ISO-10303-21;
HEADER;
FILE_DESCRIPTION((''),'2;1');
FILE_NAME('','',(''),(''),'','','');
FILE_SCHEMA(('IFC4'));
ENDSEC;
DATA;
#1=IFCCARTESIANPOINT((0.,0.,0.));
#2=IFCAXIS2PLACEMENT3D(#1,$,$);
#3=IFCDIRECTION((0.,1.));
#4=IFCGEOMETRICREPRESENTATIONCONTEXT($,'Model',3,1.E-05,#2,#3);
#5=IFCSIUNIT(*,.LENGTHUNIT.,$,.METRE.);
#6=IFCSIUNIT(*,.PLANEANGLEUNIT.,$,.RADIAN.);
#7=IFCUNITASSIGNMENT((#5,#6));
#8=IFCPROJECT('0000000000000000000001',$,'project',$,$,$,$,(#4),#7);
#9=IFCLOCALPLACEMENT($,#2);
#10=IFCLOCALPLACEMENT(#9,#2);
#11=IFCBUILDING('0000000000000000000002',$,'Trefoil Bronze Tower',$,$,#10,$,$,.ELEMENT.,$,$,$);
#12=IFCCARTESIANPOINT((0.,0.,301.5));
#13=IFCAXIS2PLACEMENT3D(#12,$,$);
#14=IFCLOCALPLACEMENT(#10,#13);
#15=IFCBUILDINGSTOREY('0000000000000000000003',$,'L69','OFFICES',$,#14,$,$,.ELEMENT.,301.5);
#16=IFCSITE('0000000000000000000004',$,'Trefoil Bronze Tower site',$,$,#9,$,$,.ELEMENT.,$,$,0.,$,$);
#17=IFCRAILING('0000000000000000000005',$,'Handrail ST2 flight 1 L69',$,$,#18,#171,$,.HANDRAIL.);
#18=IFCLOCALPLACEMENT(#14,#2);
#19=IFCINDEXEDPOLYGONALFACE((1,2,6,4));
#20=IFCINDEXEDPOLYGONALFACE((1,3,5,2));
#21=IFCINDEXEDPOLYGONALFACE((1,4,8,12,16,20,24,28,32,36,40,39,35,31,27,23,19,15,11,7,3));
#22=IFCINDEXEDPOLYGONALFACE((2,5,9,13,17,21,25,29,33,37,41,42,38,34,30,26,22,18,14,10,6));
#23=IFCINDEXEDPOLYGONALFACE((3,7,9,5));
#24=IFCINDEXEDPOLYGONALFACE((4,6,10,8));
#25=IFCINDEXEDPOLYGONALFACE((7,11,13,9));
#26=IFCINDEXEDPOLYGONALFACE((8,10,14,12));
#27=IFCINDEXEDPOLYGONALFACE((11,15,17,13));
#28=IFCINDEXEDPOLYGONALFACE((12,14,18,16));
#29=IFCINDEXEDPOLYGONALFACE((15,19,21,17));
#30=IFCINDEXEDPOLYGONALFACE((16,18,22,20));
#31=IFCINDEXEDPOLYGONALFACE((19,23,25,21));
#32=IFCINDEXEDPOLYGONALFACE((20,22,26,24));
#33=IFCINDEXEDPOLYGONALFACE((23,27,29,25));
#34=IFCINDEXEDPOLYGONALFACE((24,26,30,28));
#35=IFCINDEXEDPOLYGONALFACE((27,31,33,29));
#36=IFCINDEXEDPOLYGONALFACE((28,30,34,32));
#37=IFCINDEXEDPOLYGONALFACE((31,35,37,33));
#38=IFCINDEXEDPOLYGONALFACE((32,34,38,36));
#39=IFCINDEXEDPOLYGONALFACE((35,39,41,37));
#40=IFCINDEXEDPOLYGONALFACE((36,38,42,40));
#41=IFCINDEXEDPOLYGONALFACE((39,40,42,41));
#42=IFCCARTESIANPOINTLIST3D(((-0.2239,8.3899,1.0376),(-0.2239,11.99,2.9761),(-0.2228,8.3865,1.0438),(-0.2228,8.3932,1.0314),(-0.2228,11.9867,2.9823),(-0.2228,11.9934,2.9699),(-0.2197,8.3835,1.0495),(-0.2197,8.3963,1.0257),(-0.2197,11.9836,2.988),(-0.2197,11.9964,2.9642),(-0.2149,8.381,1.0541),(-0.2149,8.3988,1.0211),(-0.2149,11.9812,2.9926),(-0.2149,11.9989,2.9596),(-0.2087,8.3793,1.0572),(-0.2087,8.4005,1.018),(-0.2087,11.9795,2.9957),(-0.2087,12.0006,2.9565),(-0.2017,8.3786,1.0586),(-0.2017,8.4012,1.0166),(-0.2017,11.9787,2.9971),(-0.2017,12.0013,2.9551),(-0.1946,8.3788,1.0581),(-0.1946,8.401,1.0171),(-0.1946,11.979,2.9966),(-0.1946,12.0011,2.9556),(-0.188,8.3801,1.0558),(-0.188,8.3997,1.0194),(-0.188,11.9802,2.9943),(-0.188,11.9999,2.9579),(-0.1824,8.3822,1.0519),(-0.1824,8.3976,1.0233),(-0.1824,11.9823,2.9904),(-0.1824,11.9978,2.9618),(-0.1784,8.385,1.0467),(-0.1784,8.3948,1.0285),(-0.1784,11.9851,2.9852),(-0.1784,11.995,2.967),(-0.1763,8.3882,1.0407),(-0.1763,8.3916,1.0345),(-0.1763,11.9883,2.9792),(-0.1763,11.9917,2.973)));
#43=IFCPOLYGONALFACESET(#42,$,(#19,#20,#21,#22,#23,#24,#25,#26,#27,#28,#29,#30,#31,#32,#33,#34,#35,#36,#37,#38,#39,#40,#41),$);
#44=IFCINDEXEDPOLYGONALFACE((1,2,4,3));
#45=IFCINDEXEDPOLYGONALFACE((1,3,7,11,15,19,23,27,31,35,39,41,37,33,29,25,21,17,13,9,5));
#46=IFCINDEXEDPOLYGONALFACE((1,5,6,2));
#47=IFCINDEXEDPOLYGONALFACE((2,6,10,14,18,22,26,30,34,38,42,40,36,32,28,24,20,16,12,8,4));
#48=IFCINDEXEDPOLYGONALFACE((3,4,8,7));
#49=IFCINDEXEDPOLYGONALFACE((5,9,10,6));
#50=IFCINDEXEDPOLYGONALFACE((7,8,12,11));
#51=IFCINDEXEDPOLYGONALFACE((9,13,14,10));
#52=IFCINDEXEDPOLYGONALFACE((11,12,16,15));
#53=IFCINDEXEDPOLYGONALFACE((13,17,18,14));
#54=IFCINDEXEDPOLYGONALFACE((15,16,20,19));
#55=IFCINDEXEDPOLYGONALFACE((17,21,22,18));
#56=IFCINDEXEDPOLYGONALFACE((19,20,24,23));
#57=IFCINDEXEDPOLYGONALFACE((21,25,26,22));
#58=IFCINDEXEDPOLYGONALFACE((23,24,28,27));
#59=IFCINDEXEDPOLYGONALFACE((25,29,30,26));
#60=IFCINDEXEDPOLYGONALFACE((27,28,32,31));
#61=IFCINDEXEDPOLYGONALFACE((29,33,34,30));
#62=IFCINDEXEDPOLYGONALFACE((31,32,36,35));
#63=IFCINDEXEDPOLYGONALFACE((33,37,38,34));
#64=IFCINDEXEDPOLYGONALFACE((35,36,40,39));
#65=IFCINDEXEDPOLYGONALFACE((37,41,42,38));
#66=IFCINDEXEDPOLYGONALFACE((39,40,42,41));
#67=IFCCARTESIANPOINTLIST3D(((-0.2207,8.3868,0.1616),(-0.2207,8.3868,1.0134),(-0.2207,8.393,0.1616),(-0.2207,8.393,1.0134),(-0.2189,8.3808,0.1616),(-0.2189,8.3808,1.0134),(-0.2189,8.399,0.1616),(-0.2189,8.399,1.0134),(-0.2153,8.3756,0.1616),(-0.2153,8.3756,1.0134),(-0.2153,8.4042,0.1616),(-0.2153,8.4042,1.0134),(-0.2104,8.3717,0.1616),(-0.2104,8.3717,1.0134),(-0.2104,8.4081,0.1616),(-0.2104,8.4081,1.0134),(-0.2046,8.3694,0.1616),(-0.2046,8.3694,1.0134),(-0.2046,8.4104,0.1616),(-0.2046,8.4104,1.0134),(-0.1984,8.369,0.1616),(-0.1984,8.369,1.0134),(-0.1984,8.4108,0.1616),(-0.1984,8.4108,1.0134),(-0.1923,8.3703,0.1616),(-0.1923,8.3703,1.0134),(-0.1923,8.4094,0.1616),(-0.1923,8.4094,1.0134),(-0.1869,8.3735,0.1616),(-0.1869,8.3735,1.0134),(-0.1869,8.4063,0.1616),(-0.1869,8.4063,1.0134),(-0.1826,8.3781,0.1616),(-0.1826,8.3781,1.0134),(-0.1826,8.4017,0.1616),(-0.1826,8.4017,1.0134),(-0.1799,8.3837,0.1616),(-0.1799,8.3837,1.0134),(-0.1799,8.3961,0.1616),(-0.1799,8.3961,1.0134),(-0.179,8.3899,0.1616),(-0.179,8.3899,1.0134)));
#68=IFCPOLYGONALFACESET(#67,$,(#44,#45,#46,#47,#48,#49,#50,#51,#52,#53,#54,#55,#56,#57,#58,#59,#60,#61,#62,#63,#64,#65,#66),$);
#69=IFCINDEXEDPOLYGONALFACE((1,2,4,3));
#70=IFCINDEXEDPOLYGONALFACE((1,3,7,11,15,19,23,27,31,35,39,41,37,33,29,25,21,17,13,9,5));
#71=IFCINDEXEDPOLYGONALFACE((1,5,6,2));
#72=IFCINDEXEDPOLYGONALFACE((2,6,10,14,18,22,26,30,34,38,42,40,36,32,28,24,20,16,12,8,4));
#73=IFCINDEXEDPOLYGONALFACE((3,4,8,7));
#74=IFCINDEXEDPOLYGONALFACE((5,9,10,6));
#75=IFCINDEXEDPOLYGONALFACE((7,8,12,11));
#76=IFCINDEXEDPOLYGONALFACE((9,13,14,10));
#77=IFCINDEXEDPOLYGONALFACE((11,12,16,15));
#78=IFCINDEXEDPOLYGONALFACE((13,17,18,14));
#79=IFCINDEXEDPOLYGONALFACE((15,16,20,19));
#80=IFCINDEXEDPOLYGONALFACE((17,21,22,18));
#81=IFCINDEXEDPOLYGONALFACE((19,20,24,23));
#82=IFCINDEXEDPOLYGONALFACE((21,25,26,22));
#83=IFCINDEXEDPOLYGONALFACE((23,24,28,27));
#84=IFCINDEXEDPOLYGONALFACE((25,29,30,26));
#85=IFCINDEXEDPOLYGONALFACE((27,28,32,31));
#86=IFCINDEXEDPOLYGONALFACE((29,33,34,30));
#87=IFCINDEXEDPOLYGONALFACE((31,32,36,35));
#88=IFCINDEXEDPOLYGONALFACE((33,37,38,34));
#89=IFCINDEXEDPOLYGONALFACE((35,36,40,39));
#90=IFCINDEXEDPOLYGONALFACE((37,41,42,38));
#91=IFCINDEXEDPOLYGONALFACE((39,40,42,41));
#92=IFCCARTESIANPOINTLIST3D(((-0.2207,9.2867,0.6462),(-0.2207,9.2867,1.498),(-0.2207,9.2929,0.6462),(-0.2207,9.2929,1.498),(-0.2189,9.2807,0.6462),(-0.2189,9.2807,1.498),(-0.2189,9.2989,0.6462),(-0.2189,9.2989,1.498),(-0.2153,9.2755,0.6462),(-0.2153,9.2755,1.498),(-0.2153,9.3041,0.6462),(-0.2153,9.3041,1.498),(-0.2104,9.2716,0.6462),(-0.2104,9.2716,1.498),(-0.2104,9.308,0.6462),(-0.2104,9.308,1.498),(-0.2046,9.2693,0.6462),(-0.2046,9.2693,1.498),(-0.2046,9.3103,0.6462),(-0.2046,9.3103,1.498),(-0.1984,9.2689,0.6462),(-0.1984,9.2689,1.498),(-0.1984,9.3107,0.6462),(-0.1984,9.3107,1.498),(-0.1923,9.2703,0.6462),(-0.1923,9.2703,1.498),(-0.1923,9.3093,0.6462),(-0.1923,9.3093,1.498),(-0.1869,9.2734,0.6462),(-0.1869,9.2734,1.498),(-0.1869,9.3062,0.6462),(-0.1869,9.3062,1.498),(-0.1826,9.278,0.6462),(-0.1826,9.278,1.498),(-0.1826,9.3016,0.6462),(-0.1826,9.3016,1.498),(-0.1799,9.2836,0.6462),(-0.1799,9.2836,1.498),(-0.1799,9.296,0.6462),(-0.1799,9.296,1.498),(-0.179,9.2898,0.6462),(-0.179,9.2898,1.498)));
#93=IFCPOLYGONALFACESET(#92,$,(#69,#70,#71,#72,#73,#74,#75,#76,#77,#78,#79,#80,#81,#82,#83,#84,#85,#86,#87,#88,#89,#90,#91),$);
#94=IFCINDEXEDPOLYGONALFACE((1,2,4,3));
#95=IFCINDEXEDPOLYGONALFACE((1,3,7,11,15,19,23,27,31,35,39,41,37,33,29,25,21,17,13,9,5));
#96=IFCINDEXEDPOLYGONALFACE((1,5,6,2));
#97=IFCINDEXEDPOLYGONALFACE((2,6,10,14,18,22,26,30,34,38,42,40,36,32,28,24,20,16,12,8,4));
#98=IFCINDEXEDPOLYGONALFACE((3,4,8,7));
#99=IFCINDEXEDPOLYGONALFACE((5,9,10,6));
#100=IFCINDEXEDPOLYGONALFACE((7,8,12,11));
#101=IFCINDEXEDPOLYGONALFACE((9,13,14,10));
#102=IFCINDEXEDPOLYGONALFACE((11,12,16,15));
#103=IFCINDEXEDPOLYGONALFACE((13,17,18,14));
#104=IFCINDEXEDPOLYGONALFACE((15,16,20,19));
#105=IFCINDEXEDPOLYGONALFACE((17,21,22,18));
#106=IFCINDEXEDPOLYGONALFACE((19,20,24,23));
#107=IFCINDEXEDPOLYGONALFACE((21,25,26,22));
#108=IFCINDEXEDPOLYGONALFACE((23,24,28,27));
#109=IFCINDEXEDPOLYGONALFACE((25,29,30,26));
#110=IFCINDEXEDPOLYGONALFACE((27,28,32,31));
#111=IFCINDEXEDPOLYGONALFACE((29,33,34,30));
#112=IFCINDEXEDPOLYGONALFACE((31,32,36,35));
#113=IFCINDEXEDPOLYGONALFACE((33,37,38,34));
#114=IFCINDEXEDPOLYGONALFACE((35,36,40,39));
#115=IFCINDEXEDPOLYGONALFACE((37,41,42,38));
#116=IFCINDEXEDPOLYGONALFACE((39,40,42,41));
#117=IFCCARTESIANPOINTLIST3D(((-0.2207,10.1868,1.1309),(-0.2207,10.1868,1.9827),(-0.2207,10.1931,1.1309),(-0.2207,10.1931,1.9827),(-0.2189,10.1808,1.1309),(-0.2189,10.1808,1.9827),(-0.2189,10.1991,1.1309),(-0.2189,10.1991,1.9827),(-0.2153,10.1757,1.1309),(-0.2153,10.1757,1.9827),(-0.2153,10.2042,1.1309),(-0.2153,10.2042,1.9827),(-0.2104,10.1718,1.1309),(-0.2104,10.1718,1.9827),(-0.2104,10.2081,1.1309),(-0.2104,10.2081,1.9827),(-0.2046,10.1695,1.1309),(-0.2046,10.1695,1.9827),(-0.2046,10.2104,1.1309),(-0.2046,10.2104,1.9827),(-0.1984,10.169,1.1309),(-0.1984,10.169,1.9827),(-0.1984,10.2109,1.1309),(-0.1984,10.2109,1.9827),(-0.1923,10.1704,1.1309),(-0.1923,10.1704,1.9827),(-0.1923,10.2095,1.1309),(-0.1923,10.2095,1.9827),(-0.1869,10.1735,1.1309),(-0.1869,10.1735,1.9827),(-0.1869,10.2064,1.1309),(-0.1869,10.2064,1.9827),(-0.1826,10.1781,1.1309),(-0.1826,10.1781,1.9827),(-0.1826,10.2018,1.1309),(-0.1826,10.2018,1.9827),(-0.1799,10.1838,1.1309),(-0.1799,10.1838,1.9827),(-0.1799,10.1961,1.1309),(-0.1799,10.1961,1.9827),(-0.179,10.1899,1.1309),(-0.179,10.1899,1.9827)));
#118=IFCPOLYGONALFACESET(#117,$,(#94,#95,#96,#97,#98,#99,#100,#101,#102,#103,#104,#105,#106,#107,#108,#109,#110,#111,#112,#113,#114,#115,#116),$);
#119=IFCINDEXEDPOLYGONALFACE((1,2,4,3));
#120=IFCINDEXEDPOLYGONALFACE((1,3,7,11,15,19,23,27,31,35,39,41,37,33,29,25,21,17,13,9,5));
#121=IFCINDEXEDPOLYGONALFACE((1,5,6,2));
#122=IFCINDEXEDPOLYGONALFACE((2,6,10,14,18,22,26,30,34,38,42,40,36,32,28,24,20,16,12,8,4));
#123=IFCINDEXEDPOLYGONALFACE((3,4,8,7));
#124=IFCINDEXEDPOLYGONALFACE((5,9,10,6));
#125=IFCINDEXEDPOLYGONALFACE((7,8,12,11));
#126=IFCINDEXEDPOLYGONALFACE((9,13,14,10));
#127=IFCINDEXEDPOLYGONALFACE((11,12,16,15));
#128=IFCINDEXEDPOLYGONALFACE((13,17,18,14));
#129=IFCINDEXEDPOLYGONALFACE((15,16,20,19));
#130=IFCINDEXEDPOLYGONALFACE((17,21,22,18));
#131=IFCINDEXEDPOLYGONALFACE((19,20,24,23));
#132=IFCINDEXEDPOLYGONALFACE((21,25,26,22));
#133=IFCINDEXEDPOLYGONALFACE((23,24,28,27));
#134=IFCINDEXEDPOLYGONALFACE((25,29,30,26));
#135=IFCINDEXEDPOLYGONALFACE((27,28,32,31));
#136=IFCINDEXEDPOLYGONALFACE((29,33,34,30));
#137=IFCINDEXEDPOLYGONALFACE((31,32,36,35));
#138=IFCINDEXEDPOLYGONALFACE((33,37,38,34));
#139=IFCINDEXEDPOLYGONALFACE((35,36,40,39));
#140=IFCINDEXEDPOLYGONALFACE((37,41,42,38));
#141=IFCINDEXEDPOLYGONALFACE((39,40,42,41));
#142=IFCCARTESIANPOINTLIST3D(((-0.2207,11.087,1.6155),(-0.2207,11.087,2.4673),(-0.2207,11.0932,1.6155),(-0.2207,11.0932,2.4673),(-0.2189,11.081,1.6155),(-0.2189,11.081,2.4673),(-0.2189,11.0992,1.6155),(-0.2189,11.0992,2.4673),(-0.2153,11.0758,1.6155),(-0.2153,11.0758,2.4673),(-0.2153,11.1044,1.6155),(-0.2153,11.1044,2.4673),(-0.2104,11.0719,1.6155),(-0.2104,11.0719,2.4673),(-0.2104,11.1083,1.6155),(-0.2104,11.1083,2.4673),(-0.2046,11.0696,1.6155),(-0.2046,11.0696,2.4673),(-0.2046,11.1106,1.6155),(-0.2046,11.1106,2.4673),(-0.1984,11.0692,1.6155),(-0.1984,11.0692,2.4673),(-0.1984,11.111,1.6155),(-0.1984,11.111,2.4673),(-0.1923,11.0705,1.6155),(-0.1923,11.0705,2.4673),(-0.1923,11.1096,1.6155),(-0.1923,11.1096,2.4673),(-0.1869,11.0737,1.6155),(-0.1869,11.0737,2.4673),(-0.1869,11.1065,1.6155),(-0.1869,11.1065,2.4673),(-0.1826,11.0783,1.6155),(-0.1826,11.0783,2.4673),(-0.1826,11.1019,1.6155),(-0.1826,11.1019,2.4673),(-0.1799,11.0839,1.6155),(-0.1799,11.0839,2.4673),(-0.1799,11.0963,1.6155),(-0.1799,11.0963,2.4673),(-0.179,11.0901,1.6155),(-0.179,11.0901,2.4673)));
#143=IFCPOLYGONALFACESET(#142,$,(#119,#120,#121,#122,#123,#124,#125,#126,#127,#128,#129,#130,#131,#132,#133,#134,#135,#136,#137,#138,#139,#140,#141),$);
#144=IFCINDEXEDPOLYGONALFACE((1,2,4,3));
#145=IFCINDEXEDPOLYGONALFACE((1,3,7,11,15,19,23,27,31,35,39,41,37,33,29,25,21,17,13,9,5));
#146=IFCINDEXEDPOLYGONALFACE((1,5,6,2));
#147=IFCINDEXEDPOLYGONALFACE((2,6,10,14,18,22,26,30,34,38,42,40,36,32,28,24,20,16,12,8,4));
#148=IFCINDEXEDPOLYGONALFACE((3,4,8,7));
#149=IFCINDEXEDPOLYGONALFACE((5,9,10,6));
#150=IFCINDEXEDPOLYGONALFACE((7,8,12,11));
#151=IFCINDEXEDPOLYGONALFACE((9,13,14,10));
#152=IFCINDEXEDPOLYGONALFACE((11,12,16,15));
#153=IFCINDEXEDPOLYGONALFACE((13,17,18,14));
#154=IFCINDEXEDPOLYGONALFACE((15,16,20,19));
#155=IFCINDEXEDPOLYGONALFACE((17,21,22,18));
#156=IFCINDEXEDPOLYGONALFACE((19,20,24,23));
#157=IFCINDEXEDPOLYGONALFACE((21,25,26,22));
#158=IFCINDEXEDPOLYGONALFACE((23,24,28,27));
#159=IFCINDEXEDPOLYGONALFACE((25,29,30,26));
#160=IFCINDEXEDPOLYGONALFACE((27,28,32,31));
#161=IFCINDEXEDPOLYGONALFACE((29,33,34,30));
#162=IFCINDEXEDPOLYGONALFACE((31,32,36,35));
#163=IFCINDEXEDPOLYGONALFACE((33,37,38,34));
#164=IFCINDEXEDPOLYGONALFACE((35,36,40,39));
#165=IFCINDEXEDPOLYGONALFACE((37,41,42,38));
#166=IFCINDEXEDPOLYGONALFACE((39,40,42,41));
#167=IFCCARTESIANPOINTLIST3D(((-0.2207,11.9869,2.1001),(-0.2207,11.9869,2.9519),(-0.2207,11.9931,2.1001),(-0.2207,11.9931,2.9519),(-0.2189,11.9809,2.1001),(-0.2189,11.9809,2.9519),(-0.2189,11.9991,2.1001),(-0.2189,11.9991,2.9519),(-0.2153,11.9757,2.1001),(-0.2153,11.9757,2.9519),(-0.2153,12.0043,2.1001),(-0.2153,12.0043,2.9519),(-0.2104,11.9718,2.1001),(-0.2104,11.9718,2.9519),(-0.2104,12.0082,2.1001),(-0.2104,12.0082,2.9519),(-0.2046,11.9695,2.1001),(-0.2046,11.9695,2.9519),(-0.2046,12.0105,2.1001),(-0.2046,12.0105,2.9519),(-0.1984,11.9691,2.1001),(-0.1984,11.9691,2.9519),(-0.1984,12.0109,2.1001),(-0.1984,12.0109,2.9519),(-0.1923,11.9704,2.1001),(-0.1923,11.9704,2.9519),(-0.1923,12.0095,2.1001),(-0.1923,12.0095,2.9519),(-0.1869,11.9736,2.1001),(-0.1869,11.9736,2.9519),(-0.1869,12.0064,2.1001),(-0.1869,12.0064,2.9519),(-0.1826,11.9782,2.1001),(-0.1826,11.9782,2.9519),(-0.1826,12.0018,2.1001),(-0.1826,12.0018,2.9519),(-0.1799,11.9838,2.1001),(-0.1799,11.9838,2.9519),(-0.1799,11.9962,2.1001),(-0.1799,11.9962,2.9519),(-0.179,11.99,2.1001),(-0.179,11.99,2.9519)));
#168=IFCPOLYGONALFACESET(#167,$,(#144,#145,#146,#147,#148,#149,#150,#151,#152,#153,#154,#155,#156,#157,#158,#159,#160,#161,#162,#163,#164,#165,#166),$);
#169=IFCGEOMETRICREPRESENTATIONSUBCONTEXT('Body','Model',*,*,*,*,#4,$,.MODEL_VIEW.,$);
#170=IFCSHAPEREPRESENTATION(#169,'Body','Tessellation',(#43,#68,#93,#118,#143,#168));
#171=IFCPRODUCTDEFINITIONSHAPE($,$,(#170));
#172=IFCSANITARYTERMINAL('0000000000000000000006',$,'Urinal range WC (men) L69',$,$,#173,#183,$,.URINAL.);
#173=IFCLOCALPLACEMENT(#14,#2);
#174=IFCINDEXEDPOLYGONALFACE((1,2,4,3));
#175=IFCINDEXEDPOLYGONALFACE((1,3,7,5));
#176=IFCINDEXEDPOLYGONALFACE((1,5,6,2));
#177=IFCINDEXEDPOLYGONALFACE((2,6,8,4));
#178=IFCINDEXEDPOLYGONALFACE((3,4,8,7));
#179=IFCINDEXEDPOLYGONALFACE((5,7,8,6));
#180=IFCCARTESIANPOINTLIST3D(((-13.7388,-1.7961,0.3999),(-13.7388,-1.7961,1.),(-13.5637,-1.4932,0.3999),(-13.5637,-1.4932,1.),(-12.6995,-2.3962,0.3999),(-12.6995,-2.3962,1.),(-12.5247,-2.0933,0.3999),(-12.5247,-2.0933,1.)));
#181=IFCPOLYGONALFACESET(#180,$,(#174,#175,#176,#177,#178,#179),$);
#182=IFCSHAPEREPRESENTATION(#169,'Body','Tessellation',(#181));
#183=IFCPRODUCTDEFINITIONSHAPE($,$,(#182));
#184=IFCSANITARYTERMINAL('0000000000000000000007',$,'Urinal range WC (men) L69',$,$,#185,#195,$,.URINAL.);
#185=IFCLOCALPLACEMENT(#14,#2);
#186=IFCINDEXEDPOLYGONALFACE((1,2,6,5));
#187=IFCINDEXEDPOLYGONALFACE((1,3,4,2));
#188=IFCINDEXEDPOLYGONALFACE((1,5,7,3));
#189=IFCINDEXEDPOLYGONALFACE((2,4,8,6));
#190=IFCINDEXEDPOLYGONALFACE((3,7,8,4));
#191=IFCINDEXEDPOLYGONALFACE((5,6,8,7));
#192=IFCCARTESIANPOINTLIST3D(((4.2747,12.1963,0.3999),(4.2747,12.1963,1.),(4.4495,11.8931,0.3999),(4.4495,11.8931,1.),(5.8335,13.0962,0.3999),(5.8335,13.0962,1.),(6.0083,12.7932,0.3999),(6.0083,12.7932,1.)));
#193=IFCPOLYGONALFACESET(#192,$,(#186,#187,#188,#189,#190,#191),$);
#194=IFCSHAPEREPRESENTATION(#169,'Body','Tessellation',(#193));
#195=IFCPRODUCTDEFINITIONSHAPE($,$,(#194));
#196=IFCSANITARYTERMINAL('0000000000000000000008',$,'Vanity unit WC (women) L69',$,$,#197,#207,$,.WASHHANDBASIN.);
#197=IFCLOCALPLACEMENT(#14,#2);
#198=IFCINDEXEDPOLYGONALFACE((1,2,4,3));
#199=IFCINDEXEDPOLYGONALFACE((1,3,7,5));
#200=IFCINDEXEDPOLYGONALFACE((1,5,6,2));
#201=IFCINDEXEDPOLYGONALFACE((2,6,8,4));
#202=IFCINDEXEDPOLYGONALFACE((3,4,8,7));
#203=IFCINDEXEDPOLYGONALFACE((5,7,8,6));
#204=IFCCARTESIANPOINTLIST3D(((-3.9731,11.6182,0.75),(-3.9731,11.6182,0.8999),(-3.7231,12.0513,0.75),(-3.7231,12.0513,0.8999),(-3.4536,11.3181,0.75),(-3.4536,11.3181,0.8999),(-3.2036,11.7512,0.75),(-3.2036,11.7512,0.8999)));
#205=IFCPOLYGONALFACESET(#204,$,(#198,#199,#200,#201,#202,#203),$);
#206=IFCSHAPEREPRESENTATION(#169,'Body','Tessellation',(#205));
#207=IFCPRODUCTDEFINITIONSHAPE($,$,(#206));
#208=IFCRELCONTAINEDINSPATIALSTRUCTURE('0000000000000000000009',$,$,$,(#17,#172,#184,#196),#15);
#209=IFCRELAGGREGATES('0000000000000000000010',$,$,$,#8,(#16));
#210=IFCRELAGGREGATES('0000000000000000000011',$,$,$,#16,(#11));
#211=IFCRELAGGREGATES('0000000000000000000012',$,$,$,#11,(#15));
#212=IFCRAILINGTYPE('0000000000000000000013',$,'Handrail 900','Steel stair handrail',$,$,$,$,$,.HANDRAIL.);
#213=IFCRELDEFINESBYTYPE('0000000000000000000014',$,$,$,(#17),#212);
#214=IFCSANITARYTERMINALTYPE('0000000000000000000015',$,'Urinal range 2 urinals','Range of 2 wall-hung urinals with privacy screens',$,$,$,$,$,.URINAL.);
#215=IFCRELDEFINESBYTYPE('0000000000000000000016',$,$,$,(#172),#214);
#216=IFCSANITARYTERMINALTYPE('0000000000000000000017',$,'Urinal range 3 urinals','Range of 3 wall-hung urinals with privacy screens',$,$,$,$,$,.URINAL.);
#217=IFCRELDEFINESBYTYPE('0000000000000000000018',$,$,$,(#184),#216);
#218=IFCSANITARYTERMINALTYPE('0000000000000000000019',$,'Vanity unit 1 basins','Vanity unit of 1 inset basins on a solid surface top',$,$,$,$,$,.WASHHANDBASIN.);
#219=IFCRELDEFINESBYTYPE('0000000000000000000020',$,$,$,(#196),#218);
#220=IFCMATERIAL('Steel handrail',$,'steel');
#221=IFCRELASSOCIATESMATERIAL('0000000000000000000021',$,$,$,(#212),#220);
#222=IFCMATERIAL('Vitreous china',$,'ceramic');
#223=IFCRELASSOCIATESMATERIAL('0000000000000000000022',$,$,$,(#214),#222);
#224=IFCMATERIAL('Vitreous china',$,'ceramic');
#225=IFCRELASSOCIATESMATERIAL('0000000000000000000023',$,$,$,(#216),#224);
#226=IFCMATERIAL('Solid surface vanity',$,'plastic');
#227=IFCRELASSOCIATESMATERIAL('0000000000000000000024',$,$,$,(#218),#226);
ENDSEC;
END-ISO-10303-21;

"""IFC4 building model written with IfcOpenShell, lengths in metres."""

from ifc_helpers import new_model, si_unit, direction, frame, origin, origin_2d, place, context, subcontext, project, spatial, polyline, circle, outline, extrude, material, type_object, element, save


model = new_model("IFC4")

# Units and contexts
model_context = context("Model", 3, precision=1e-05, world=origin(), true_north=direction((0.0, 1.0)))
body_context = subcontext(model_context, "Body", "Model", "MODEL_VIEW")
ifc_project = project(units=[si_unit("LENGTHUNIT", "METRE"), si_unit("PLANEANGLEUNIT", "RADIAN")], contexts=[model_context])

# Site, building, storey
site_placement = place(None, origin())
site = spatial("IfcSite", under=ifc_project, at=site_placement, Name="Trefoil Bronze Tower site", CompositionType="ELEMENT", RefElevation=0.0)
building_placement = place(site_placement, origin())
building = spatial("IfcBuilding", under=site, at=building_placement, Name="Trefoil Bronze Tower", CompositionType="ELEMENT")
storey_placement = place(building_placement, frame((0.0, 0.0, 301.5)))
storey = spatial("IfcBuildingStorey", under=building, at=storey_placement, Name="L69", Description="OFFICES", CompositionType="ELEMENT", Elevation=301.5)

# Railing
ifc_material_1 = material(Name="Steel handrail", Category="steel")
railing_type = type_object("IfcRailingType", Name="Handrail 900", Description="Steel stair handrail", PredefinedType="HANDRAIL", material=ifc_material_1)
railing_placement = place(storey_placement, frame((-0.2, 8.3899, 0.1616)))
element("IfcRailing", 1, at=railing_placement, inside=storey, type_object=railing_type, Name="Handrail ST2 flight 1 L69", PredefinedType="HANDRAIL", context=body_context, shape_type="SweptSolid", body=[
    extrude(circle(Radius=0.0239, at=origin_2d()), frame((0.0, 0.0, 0.876), z_axis=(0.0, 0.880475, 0.474093), x_axis=(-1.0, 0.0, 0.0)), (0.0, 0.0, 1.0), 4.0889),
    extrude(circle(Radius=0.021, at=origin_2d()), origin(), (0.0, 0.0, 1.0), 0.8518),
    extrude(circle(Radius=0.021, at=origin_2d()), frame((0.0, 0.8999, 0.4846)), (0.0, 0.0, 1.0), 0.8518),
    extrude(circle(Radius=0.021, at=origin_2d()), frame((0.0, 1.8, 0.9692)), (0.0, 0.0, 1.0), 0.8518),
    extrude(circle(Radius=0.021, at=origin_2d()), frame((0.0, 2.7002, 1.4539)), (0.0, 0.0, 1.0), 0.8518),
    extrude(circle(Radius=0.021, at=origin_2d()), frame((0.0, 3.6001, 1.9385)), (0.0, 0.0, 1.0), 0.8518),
])

# Sanitary terminals
ifc_material_2 = material(Name="Vitreous china", Category="ceramic")
sanitary_terminal_type_1 = type_object("IfcSanitaryTerminalType", Name="Urinal range 2 urinals", Description="Range of 2 wall-hung urinals with privacy screens", PredefinedType="URINAL", material=ifc_material_2)
sanitary_terminal_1_placement = place(storey_placement, frame((0.0, 0.0, 0.3999)))
element("IfcSanitaryTerminal", 2, at=sanitary_terminal_1_placement, inside=storey, type_object=sanitary_terminal_type_1, Name="Urinal range WC (men) L69", PredefinedType="URINAL", context=body_context, shape_type="SweptSolid", body=[
    extrude(outline(polyline([(-12.5247, -2.0933), (-12.6995, -2.3962), (-13.7388, -1.7961), (-13.5637, -1.4932), (-12.5247, -2.0933)])), origin(), (0.0, 0.0, 1.0), 0.6001),
])
ifc_material_3 = material(Name="Vitreous china", Category="ceramic")
sanitary_terminal_type_2 = type_object("IfcSanitaryTerminalType", Name="Urinal range 3 urinals", Description="Range of 3 wall-hung urinals with privacy screens", PredefinedType="URINAL", material=ifc_material_3)
sanitary_terminal_2_placement = place(storey_placement, frame((0.0, 0.0, 0.3999)))
element("IfcSanitaryTerminal", 3, at=sanitary_terminal_2_placement, inside=storey, type_object=sanitary_terminal_type_2, Name="Urinal range WC (men) L69", PredefinedType="URINAL", context=body_context, shape_type="SweptSolid", body=[
    extrude(outline(polyline([(4.4495, 11.8931), (4.2747, 12.1963), (5.8335, 13.0962), (6.0083, 12.7932), (4.4495, 11.8931)])), origin(), (0.0, 0.0, 1.0), 0.6001),
])
ifc_material_4 = material(Name="Solid surface vanity", Category="plastic")
sanitary_terminal_type_3 = type_object("IfcSanitaryTerminalType", Name="Vanity unit 1 basins", Description="Vanity unit of 1 inset basins on a solid surface top", PredefinedType="WASHHANDBASIN", material=ifc_material_4)
sanitary_terminal_3_placement = place(storey_placement, frame((0.0, 0.0, 0.75)))
element("IfcSanitaryTerminal", 4, at=sanitary_terminal_3_placement, inside=storey, type_object=sanitary_terminal_type_3, Name="Vanity unit WC (women) L69", PredefinedType="WASHHANDBASIN", context=body_context, shape_type="SweptSolid", body=[
    extrude(outline(polyline([(-3.4536, 11.3181), (-3.2036, 11.7512), (-3.7231, 12.0513), (-3.9731, 11.6182), (-3.4536, 11.3181)])), origin(), (0.0, 0.0, 1.0), 0.1499),
])

save(model, "model.ifc")
